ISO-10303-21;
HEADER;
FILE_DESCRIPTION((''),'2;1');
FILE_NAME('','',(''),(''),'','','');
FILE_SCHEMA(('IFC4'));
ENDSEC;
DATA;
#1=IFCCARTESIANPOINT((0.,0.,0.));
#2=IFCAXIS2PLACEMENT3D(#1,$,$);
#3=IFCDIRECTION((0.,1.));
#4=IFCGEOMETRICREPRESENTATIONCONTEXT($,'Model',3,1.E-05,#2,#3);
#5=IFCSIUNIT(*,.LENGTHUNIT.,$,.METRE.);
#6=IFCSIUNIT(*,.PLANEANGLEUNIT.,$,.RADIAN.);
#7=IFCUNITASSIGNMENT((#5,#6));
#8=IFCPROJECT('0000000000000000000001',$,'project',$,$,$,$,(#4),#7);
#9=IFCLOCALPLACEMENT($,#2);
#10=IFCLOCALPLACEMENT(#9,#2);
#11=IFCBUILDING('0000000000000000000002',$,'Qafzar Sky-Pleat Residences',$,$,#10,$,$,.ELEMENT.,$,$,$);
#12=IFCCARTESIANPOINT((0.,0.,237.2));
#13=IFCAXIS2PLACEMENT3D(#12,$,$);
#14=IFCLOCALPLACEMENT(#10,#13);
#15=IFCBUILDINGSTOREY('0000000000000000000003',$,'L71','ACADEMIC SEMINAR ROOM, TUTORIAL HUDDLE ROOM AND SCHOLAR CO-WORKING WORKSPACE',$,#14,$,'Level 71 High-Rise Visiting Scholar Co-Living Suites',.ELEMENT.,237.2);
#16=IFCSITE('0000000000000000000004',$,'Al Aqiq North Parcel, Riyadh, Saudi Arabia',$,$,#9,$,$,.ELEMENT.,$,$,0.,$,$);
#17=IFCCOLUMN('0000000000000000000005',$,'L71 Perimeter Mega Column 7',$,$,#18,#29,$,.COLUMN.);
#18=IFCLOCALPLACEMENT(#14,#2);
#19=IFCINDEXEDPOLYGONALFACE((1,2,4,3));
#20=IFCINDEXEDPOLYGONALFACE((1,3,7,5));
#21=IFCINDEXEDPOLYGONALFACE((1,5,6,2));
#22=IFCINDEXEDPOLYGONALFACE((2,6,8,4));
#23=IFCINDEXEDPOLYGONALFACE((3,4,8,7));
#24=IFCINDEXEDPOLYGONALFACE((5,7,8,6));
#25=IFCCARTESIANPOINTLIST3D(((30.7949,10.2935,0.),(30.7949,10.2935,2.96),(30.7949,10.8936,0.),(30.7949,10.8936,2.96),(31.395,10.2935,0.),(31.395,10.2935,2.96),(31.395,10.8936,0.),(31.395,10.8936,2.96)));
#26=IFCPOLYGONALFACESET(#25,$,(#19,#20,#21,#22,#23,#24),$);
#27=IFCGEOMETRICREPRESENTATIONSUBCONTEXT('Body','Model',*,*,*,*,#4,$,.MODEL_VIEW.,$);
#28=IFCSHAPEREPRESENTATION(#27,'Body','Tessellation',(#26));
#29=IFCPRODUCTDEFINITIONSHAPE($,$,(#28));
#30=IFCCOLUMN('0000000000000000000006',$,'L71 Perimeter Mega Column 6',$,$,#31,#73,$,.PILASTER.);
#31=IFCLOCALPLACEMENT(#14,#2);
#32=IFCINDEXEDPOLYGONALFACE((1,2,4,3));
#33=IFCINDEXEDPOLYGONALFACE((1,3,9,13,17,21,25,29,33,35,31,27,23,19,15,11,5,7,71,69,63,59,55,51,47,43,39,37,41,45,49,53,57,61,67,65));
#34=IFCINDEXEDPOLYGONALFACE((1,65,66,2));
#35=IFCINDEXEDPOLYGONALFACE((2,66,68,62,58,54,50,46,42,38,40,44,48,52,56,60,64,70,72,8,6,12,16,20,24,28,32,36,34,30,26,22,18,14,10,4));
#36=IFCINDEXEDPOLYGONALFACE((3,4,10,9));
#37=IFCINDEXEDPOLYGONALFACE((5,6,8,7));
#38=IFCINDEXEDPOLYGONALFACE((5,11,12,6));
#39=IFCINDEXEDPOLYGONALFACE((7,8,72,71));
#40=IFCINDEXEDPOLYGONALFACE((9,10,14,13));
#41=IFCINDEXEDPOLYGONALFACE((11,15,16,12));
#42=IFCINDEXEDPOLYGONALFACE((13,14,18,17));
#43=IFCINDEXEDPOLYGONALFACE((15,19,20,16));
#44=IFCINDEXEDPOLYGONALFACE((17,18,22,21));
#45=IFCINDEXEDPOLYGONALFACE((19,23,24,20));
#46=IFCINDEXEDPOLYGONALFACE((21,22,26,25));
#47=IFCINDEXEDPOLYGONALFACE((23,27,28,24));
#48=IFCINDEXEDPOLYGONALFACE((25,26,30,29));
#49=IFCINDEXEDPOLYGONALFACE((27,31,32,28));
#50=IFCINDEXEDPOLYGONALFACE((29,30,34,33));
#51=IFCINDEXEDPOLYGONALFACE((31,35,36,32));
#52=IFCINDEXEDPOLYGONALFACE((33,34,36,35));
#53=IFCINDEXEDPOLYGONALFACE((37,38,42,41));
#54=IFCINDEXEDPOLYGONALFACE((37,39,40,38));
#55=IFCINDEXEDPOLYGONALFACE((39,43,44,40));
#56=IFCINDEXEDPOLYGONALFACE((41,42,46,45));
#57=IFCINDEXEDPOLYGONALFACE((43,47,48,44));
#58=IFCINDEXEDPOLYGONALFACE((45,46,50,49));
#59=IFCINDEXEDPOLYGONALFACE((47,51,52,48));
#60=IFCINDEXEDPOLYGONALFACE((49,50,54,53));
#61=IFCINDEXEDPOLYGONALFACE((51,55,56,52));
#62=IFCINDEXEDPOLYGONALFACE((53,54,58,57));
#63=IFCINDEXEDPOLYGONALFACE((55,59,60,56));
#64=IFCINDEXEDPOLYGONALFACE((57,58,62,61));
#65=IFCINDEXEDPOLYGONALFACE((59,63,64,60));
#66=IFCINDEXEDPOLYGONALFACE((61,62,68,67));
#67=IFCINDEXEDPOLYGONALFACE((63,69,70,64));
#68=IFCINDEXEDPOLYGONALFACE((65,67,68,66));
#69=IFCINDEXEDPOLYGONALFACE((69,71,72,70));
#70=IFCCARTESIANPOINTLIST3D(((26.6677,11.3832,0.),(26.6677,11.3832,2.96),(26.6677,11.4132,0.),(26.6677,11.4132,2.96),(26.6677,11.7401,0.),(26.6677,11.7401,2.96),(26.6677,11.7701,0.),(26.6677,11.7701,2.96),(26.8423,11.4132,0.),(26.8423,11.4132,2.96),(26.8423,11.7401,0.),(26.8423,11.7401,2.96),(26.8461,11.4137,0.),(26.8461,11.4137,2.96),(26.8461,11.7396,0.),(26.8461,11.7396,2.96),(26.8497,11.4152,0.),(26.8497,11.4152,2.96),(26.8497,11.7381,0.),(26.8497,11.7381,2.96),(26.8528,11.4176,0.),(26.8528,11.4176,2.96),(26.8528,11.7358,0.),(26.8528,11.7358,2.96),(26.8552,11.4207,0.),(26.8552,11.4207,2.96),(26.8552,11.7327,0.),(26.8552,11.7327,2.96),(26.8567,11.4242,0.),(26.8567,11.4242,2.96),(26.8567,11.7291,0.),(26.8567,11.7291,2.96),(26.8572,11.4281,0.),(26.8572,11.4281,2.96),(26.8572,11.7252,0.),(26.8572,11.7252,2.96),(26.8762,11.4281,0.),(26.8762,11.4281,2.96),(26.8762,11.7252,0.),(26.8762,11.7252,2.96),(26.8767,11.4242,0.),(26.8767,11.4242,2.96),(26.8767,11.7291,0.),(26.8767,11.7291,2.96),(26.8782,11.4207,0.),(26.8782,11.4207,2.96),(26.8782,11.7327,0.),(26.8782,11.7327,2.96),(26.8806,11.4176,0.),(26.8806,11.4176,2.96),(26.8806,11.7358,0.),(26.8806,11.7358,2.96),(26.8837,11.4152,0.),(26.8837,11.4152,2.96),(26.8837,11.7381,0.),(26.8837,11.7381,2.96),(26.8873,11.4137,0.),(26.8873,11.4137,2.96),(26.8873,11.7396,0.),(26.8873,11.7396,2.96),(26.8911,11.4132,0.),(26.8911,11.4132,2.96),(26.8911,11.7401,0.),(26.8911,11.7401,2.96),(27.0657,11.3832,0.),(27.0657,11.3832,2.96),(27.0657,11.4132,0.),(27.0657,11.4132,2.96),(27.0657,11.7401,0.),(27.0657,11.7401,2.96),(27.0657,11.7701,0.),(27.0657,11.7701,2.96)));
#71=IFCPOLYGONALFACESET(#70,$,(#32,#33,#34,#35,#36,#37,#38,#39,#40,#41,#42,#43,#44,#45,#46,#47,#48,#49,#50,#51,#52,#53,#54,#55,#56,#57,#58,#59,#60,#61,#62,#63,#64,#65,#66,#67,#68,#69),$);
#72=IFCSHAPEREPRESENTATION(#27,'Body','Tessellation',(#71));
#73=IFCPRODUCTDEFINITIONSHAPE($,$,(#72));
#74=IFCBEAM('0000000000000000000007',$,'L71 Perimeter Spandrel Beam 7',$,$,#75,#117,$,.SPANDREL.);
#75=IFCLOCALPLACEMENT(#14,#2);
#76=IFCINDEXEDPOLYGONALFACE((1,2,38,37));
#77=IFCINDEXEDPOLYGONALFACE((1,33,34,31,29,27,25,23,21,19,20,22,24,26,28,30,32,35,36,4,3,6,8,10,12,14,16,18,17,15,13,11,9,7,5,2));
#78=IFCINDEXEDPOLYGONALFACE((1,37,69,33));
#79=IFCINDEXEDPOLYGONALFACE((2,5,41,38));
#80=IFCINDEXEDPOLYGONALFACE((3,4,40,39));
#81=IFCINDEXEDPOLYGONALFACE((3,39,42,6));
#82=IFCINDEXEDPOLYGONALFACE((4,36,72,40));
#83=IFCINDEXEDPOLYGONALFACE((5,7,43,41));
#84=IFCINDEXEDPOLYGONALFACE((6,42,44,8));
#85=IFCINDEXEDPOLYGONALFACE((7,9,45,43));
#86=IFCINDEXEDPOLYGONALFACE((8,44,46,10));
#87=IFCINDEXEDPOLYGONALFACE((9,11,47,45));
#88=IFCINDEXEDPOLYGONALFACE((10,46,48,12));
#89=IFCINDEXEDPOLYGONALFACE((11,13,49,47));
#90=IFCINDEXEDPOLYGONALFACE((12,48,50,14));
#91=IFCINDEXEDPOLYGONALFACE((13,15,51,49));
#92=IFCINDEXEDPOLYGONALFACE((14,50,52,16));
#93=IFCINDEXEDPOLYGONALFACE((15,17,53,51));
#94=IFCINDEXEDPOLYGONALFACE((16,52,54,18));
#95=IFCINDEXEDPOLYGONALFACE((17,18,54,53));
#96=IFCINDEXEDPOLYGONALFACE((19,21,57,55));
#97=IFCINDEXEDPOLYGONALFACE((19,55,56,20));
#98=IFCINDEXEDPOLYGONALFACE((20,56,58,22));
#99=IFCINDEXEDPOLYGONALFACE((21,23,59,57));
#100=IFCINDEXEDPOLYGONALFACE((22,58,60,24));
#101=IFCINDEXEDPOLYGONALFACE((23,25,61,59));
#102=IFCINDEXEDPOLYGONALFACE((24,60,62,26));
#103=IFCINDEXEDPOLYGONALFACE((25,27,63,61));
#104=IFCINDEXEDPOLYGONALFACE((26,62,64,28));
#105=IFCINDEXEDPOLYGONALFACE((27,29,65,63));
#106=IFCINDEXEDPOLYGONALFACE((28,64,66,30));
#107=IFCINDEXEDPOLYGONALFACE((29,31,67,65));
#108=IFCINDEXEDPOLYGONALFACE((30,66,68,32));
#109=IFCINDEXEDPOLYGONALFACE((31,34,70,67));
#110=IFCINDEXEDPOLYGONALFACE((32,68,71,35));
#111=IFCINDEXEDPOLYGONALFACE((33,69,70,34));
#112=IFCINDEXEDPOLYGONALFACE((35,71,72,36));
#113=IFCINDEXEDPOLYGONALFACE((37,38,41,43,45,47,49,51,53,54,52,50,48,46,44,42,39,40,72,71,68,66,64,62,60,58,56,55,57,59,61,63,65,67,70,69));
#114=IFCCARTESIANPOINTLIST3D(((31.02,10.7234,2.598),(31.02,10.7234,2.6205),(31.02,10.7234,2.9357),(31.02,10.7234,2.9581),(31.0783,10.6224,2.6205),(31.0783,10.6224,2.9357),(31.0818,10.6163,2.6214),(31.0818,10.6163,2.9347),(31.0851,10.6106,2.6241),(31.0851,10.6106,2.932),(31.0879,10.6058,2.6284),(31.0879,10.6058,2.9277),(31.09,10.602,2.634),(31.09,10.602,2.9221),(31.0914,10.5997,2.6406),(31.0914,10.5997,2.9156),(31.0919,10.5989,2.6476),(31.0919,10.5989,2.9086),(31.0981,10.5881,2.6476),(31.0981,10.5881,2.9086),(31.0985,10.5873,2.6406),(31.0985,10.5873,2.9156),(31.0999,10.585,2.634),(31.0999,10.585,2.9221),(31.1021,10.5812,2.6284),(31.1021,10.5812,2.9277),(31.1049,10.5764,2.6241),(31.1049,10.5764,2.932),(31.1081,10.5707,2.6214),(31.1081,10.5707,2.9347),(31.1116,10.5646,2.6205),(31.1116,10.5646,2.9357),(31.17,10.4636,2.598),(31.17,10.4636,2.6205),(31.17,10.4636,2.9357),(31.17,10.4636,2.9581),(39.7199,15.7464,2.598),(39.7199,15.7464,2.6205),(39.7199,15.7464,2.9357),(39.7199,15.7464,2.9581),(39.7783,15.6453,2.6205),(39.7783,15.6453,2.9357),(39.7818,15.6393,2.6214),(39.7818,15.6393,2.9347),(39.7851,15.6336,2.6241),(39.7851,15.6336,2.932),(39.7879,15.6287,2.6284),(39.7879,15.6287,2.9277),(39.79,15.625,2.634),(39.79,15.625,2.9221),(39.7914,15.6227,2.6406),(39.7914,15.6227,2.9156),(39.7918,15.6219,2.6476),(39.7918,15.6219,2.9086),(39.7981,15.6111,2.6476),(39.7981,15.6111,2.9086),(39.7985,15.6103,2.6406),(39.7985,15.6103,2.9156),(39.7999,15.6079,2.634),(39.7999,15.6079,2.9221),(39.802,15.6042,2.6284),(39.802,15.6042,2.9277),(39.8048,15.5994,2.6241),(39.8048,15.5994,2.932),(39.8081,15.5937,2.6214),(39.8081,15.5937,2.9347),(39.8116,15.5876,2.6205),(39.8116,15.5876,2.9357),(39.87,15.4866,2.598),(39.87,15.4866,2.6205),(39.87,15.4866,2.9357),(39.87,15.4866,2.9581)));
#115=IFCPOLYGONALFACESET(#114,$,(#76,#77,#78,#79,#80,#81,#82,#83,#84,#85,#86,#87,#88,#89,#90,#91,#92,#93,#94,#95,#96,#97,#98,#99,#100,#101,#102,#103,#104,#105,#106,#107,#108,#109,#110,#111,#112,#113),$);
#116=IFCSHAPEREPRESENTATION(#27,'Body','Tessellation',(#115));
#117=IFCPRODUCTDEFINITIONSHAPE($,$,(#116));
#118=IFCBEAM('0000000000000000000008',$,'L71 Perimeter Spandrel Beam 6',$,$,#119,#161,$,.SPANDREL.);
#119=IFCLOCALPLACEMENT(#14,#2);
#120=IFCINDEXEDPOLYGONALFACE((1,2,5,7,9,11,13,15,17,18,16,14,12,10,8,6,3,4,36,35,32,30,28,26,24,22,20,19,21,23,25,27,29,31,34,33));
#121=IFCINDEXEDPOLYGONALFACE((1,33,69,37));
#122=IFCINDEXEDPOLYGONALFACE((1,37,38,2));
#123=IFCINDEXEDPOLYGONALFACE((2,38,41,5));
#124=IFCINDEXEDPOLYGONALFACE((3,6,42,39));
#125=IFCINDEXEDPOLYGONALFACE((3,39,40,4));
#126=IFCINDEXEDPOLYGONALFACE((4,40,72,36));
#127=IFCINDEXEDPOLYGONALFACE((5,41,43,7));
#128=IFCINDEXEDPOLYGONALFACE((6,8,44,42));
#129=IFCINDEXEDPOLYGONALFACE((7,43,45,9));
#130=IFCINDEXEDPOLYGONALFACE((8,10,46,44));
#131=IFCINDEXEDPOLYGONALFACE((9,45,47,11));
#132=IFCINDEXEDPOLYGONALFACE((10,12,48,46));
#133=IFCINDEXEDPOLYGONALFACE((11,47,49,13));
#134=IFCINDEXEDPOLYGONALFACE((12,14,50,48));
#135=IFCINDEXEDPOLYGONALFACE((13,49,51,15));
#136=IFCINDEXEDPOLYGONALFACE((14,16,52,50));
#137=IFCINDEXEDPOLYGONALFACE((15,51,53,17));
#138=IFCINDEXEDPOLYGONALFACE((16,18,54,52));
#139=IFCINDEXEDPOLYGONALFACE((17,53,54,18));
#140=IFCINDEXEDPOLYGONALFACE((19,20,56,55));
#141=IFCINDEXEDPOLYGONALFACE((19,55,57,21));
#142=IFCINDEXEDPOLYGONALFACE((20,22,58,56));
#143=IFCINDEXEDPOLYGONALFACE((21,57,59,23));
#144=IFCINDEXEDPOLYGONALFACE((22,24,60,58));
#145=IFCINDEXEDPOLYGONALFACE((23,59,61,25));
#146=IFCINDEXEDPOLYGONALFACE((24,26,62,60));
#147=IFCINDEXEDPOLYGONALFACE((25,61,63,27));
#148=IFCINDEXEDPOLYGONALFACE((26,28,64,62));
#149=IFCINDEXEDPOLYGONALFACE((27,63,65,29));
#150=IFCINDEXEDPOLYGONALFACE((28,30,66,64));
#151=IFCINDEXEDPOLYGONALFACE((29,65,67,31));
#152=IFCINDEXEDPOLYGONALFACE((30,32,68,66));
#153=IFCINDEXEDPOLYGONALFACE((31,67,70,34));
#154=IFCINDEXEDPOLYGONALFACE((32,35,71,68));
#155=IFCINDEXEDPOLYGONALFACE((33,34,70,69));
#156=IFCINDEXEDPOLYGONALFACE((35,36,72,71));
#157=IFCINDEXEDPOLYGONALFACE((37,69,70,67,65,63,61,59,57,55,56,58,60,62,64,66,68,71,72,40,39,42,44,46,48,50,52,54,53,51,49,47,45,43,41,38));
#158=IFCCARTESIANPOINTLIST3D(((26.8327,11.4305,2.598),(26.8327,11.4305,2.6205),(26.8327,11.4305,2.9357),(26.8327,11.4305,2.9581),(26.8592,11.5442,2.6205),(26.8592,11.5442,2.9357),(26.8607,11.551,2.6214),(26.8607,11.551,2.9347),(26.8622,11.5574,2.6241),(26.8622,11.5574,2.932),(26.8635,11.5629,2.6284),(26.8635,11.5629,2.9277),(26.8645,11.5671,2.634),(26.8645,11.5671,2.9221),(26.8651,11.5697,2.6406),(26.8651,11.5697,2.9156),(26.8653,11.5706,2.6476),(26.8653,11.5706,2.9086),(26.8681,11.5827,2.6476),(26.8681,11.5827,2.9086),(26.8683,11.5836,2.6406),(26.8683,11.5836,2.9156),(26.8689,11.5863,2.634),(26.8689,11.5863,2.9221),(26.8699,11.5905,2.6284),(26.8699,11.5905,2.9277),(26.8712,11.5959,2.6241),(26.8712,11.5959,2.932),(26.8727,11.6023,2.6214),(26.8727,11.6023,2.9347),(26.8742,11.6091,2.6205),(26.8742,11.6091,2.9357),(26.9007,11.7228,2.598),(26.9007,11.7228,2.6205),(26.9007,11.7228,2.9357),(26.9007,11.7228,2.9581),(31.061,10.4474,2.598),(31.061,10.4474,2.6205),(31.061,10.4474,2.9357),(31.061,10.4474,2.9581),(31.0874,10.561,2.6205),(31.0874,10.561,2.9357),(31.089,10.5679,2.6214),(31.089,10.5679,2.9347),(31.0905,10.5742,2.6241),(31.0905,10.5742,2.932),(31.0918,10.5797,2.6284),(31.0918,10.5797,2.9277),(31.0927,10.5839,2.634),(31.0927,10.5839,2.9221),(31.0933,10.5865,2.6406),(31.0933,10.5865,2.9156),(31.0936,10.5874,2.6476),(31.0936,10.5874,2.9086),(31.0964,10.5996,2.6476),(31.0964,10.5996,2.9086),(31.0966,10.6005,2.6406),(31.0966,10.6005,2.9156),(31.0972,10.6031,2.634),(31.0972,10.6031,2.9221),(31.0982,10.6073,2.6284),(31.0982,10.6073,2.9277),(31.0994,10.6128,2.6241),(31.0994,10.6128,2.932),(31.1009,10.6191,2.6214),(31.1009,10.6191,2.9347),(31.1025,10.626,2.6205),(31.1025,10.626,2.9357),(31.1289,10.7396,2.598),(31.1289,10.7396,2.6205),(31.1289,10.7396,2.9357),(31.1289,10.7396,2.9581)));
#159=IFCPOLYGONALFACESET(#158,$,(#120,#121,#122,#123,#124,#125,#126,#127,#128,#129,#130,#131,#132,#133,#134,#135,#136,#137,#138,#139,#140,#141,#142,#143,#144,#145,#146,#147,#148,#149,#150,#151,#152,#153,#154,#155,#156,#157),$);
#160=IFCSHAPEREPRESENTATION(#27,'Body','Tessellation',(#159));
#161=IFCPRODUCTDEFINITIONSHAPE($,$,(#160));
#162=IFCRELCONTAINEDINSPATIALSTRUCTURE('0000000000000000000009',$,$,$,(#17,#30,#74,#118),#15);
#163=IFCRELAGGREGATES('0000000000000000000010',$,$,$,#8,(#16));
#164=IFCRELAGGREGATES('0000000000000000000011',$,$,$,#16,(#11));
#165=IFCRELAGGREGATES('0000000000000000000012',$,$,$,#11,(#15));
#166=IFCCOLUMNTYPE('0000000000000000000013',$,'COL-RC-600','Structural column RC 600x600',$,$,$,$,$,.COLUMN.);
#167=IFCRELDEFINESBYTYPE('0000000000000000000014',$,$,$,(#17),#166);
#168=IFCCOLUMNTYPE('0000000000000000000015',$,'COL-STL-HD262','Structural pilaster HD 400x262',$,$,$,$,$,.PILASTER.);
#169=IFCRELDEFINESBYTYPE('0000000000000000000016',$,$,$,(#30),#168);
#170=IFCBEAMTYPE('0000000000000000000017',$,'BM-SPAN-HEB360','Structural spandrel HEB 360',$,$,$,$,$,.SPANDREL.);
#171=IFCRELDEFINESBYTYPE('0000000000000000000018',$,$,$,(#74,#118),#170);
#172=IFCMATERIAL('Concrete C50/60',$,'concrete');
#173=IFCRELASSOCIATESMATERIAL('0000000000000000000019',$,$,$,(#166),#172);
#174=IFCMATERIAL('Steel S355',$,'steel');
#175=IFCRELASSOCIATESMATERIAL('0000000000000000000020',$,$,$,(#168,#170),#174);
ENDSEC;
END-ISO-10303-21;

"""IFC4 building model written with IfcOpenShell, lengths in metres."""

from ifc_helpers import new_model, si_unit, direction, frame, origin, origin_2d, place, context, subcontext, project, spatial, rectangle, i_section, extrude, source, transform, mapped, material, material_profile, profile_set, type_object, element, save


model = new_model("IFC4")

# Units and contexts
model_context = context("Model", 3, precision=1e-05, world=origin(), true_north=direction((0.0, 1.0)))
body_context = subcontext(model_context, "Body", "Model", "MODEL_VIEW")
ifc_project = project(units=[si_unit("LENGTHUNIT", "METRE"), si_unit("PLANEANGLEUNIT", "RADIAN")], contexts=[model_context])

# Site, building, storey
site_placement = place(None, origin())
site = spatial("IfcSite", under=ifc_project, at=site_placement, Name="Al Aqiq North Parcel, Riyadh, Saudi Arabia", CompositionType="ELEMENT", RefElevation=0.0)
building_placement = place(site_placement, origin())
building = spatial("IfcBuilding", under=site, at=building_placement, Name="Qafzar Sky-Pleat Residences", CompositionType="ELEMENT")
storey_placement = place(building_placement, frame((0.0, 0.0, 237.2)))
storey = spatial("IfcBuildingStorey", under=building, at=storey_placement, Name="L71", Description="ACADEMIC SEMINAR ROOM, TUTORIAL HUDDLE ROOM AND SCHOLAR CO-WORKING WORKSPACE", LongName="Level 71 High-Rise Visiting Scholar Co-Living Suites", CompositionType="ELEMENT", Elevation=237.2)

# Columns
ifc_material_1 = material(Name="Concrete C50/60", Category="concrete")
ifc_material_profile_1 = material_profile(ifc_material_1, rectangle(XDim=0.6001, YDim=0.6001, at=origin_2d()), Name="RC 600x600")
ifc_profile_set_1 = profile_set([ifc_material_profile_1], Name="Concrete C50/60")
column_type_1 = type_object("IfcColumnType", Name="COL-RC-600", Description="Structural column RC 600x600", PredefinedType="COLUMN", material=ifc_profile_set_1)
shared_shape_1 = source(origin(), body_context, "Body", "SweptSolid", [
    extrude(rectangle(XDim=0.6001, YDim=0.6001, at=origin_2d()), origin(), (0.0, 0.0, 1.0), 2.96),
])
column_1_placement = place(storey_placement, frame((31.095, 10.5935, 0.0), z_axis=(0.0, 0.0, 1.0), x_axis=(1.0, 0.0, 0.0)))
element("IfcColumn", 1, at=column_1_placement, inside=storey, type_object=column_type_1, Name="L71 Perimeter Mega Column 7", PredefinedType="COLUMN", context=body_context, shape_type="MappedRepresentation", body=[
    mapped(shared_shape_1, transform((0.0, 0.0, 0.0), x_axis=(1.0, 0.0, 0.0), y_axis=(0.0, 1.0, 0.0), z_axis=(0.0, 0.0, 1.0), scale=1.0)),
])
ifc_material_2 = material(Name="Steel S355", Category="steel")
ifc_material_profile_2 = material_profile(ifc_material_2, i_section(OverallWidth=0.3979, OverallDepth=0.387, WebThickness=0.019, FlangeThickness=0.03, FilletRadius=0.0149, at=origin_2d()), Name="HD 400x262")
ifc_profile_set_2 = profile_set([ifc_material_profile_2], Name="Steel S355")
column_type_2 = type_object("IfcColumnType", Name="COL-STL-HD262", Description="Structural pilaster HD 400x262", PredefinedType="PILASTER", material=ifc_profile_set_2)
shared_shape_2 = source(origin(), body_context, "Body", "SweptSolid", [
    extrude(i_section(OverallWidth=0.3979, OverallDepth=0.387, WebThickness=0.019, FlangeThickness=0.03, FilletRadius=0.0149, at=origin_2d()), origin(), (0.0, 0.0, 1.0), 2.96),
])
column_2_placement = place(storey_placement, frame((26.8667, 11.5767, 0.0), z_axis=(0.0, 0.0, 1.0), x_axis=(1.0, 0.0, 0.0)))
element("IfcColumn", 2, at=column_2_placement, inside=storey, type_object=column_type_2, Name="L71 Perimeter Mega Column 6", PredefinedType="PILASTER", context=body_context, shape_type="MappedRepresentation", body=[
    mapped(shared_shape_2, transform((0.0, 0.0, 0.0), x_axis=(1.0, 0.0, 0.0), y_axis=(0.0, 1.0, 0.0), z_axis=(0.0, 0.0, 1.0), scale=1.0)),
])

# Beams
ifc_material_profile_3 = material_profile(ifc_material_2, i_section(OverallWidth=0.3, OverallDepth=0.3601, WebThickness=0.0125, FlangeThickness=0.0225, FilletRadius=0.0271, at=origin_2d()), Name="HEB 360")
ifc_profile_set_3 = profile_set([ifc_material_profile_3], Name="Steel S355")
beam_type_1 = type_object("IfcBeamType", Name="BM-SPAN-HEB360", Description="Structural spandrel HEB 360", PredefinedType="SPANDREL", material=ifc_profile_set_3)
shared_shape_3 = source(origin(), body_context, "Body", "SweptSolid", [
    extrude(i_section(OverallWidth=0.3, OverallDepth=0.3601, WebThickness=0.0125, FlangeThickness=0.0225, FilletRadius=0.0271, at=origin_2d()), origin(), (0.0, 0.0, 1.0), 10.0459),
])
beam_1_placement = place(storey_placement, frame((31.095, 10.5935, 2.7781), z_axis=(0.866024, 0.500002, 0.0), x_axis=(-0.500002, 0.866024, 0.0)))
element("IfcBeam", 3, at=beam_1_placement, inside=storey, type_object=beam_type_1, Name="L71 Perimeter Spandrel Beam 7", PredefinedType="SPANDREL", context=body_context, shape_type="MappedRepresentation", body=[
    mapped(shared_shape_3, transform((0.0, 0.0, 0.0), x_axis=(1.0, 0.0, 0.0), y_axis=(0.0, 1.0, 0.0), z_axis=(0.0, 0.0, 1.0), scale=1.0)),
])
shared_shape_4 = source(origin(), body_context, "Body", "SweptSolid", [
    extrude(i_section(OverallWidth=0.3, OverallDepth=0.3601, WebThickness=0.0125, FlangeThickness=0.0225, FilletRadius=0.0271, at=origin_2d()), origin(), (0.0, 0.0, 1.0), 4.3411),
])
beam_2_placement = place(storey_placement, frame((26.8667, 11.5767, 2.7781), z_axis=(0.974016, -0.226478, 0.0), x_axis=(0.226478, 0.974016, 0.0)))
element("IfcBeam", 4, at=beam_2_placement, inside=storey, type_object=beam_type_1, Name="L71 Perimeter Spandrel Beam 6", PredefinedType="SPANDREL", context=body_context, shape_type="MappedRepresentation", body=[
    mapped(shared_shape_4, transform((0.0, 0.0, 0.0), x_axis=(1.0, 0.0, 0.0), y_axis=(0.0, 1.0, 0.0), z_axis=(0.0, 0.0, 1.0), scale=1.0)),
])

save(model, "model.ifc")
